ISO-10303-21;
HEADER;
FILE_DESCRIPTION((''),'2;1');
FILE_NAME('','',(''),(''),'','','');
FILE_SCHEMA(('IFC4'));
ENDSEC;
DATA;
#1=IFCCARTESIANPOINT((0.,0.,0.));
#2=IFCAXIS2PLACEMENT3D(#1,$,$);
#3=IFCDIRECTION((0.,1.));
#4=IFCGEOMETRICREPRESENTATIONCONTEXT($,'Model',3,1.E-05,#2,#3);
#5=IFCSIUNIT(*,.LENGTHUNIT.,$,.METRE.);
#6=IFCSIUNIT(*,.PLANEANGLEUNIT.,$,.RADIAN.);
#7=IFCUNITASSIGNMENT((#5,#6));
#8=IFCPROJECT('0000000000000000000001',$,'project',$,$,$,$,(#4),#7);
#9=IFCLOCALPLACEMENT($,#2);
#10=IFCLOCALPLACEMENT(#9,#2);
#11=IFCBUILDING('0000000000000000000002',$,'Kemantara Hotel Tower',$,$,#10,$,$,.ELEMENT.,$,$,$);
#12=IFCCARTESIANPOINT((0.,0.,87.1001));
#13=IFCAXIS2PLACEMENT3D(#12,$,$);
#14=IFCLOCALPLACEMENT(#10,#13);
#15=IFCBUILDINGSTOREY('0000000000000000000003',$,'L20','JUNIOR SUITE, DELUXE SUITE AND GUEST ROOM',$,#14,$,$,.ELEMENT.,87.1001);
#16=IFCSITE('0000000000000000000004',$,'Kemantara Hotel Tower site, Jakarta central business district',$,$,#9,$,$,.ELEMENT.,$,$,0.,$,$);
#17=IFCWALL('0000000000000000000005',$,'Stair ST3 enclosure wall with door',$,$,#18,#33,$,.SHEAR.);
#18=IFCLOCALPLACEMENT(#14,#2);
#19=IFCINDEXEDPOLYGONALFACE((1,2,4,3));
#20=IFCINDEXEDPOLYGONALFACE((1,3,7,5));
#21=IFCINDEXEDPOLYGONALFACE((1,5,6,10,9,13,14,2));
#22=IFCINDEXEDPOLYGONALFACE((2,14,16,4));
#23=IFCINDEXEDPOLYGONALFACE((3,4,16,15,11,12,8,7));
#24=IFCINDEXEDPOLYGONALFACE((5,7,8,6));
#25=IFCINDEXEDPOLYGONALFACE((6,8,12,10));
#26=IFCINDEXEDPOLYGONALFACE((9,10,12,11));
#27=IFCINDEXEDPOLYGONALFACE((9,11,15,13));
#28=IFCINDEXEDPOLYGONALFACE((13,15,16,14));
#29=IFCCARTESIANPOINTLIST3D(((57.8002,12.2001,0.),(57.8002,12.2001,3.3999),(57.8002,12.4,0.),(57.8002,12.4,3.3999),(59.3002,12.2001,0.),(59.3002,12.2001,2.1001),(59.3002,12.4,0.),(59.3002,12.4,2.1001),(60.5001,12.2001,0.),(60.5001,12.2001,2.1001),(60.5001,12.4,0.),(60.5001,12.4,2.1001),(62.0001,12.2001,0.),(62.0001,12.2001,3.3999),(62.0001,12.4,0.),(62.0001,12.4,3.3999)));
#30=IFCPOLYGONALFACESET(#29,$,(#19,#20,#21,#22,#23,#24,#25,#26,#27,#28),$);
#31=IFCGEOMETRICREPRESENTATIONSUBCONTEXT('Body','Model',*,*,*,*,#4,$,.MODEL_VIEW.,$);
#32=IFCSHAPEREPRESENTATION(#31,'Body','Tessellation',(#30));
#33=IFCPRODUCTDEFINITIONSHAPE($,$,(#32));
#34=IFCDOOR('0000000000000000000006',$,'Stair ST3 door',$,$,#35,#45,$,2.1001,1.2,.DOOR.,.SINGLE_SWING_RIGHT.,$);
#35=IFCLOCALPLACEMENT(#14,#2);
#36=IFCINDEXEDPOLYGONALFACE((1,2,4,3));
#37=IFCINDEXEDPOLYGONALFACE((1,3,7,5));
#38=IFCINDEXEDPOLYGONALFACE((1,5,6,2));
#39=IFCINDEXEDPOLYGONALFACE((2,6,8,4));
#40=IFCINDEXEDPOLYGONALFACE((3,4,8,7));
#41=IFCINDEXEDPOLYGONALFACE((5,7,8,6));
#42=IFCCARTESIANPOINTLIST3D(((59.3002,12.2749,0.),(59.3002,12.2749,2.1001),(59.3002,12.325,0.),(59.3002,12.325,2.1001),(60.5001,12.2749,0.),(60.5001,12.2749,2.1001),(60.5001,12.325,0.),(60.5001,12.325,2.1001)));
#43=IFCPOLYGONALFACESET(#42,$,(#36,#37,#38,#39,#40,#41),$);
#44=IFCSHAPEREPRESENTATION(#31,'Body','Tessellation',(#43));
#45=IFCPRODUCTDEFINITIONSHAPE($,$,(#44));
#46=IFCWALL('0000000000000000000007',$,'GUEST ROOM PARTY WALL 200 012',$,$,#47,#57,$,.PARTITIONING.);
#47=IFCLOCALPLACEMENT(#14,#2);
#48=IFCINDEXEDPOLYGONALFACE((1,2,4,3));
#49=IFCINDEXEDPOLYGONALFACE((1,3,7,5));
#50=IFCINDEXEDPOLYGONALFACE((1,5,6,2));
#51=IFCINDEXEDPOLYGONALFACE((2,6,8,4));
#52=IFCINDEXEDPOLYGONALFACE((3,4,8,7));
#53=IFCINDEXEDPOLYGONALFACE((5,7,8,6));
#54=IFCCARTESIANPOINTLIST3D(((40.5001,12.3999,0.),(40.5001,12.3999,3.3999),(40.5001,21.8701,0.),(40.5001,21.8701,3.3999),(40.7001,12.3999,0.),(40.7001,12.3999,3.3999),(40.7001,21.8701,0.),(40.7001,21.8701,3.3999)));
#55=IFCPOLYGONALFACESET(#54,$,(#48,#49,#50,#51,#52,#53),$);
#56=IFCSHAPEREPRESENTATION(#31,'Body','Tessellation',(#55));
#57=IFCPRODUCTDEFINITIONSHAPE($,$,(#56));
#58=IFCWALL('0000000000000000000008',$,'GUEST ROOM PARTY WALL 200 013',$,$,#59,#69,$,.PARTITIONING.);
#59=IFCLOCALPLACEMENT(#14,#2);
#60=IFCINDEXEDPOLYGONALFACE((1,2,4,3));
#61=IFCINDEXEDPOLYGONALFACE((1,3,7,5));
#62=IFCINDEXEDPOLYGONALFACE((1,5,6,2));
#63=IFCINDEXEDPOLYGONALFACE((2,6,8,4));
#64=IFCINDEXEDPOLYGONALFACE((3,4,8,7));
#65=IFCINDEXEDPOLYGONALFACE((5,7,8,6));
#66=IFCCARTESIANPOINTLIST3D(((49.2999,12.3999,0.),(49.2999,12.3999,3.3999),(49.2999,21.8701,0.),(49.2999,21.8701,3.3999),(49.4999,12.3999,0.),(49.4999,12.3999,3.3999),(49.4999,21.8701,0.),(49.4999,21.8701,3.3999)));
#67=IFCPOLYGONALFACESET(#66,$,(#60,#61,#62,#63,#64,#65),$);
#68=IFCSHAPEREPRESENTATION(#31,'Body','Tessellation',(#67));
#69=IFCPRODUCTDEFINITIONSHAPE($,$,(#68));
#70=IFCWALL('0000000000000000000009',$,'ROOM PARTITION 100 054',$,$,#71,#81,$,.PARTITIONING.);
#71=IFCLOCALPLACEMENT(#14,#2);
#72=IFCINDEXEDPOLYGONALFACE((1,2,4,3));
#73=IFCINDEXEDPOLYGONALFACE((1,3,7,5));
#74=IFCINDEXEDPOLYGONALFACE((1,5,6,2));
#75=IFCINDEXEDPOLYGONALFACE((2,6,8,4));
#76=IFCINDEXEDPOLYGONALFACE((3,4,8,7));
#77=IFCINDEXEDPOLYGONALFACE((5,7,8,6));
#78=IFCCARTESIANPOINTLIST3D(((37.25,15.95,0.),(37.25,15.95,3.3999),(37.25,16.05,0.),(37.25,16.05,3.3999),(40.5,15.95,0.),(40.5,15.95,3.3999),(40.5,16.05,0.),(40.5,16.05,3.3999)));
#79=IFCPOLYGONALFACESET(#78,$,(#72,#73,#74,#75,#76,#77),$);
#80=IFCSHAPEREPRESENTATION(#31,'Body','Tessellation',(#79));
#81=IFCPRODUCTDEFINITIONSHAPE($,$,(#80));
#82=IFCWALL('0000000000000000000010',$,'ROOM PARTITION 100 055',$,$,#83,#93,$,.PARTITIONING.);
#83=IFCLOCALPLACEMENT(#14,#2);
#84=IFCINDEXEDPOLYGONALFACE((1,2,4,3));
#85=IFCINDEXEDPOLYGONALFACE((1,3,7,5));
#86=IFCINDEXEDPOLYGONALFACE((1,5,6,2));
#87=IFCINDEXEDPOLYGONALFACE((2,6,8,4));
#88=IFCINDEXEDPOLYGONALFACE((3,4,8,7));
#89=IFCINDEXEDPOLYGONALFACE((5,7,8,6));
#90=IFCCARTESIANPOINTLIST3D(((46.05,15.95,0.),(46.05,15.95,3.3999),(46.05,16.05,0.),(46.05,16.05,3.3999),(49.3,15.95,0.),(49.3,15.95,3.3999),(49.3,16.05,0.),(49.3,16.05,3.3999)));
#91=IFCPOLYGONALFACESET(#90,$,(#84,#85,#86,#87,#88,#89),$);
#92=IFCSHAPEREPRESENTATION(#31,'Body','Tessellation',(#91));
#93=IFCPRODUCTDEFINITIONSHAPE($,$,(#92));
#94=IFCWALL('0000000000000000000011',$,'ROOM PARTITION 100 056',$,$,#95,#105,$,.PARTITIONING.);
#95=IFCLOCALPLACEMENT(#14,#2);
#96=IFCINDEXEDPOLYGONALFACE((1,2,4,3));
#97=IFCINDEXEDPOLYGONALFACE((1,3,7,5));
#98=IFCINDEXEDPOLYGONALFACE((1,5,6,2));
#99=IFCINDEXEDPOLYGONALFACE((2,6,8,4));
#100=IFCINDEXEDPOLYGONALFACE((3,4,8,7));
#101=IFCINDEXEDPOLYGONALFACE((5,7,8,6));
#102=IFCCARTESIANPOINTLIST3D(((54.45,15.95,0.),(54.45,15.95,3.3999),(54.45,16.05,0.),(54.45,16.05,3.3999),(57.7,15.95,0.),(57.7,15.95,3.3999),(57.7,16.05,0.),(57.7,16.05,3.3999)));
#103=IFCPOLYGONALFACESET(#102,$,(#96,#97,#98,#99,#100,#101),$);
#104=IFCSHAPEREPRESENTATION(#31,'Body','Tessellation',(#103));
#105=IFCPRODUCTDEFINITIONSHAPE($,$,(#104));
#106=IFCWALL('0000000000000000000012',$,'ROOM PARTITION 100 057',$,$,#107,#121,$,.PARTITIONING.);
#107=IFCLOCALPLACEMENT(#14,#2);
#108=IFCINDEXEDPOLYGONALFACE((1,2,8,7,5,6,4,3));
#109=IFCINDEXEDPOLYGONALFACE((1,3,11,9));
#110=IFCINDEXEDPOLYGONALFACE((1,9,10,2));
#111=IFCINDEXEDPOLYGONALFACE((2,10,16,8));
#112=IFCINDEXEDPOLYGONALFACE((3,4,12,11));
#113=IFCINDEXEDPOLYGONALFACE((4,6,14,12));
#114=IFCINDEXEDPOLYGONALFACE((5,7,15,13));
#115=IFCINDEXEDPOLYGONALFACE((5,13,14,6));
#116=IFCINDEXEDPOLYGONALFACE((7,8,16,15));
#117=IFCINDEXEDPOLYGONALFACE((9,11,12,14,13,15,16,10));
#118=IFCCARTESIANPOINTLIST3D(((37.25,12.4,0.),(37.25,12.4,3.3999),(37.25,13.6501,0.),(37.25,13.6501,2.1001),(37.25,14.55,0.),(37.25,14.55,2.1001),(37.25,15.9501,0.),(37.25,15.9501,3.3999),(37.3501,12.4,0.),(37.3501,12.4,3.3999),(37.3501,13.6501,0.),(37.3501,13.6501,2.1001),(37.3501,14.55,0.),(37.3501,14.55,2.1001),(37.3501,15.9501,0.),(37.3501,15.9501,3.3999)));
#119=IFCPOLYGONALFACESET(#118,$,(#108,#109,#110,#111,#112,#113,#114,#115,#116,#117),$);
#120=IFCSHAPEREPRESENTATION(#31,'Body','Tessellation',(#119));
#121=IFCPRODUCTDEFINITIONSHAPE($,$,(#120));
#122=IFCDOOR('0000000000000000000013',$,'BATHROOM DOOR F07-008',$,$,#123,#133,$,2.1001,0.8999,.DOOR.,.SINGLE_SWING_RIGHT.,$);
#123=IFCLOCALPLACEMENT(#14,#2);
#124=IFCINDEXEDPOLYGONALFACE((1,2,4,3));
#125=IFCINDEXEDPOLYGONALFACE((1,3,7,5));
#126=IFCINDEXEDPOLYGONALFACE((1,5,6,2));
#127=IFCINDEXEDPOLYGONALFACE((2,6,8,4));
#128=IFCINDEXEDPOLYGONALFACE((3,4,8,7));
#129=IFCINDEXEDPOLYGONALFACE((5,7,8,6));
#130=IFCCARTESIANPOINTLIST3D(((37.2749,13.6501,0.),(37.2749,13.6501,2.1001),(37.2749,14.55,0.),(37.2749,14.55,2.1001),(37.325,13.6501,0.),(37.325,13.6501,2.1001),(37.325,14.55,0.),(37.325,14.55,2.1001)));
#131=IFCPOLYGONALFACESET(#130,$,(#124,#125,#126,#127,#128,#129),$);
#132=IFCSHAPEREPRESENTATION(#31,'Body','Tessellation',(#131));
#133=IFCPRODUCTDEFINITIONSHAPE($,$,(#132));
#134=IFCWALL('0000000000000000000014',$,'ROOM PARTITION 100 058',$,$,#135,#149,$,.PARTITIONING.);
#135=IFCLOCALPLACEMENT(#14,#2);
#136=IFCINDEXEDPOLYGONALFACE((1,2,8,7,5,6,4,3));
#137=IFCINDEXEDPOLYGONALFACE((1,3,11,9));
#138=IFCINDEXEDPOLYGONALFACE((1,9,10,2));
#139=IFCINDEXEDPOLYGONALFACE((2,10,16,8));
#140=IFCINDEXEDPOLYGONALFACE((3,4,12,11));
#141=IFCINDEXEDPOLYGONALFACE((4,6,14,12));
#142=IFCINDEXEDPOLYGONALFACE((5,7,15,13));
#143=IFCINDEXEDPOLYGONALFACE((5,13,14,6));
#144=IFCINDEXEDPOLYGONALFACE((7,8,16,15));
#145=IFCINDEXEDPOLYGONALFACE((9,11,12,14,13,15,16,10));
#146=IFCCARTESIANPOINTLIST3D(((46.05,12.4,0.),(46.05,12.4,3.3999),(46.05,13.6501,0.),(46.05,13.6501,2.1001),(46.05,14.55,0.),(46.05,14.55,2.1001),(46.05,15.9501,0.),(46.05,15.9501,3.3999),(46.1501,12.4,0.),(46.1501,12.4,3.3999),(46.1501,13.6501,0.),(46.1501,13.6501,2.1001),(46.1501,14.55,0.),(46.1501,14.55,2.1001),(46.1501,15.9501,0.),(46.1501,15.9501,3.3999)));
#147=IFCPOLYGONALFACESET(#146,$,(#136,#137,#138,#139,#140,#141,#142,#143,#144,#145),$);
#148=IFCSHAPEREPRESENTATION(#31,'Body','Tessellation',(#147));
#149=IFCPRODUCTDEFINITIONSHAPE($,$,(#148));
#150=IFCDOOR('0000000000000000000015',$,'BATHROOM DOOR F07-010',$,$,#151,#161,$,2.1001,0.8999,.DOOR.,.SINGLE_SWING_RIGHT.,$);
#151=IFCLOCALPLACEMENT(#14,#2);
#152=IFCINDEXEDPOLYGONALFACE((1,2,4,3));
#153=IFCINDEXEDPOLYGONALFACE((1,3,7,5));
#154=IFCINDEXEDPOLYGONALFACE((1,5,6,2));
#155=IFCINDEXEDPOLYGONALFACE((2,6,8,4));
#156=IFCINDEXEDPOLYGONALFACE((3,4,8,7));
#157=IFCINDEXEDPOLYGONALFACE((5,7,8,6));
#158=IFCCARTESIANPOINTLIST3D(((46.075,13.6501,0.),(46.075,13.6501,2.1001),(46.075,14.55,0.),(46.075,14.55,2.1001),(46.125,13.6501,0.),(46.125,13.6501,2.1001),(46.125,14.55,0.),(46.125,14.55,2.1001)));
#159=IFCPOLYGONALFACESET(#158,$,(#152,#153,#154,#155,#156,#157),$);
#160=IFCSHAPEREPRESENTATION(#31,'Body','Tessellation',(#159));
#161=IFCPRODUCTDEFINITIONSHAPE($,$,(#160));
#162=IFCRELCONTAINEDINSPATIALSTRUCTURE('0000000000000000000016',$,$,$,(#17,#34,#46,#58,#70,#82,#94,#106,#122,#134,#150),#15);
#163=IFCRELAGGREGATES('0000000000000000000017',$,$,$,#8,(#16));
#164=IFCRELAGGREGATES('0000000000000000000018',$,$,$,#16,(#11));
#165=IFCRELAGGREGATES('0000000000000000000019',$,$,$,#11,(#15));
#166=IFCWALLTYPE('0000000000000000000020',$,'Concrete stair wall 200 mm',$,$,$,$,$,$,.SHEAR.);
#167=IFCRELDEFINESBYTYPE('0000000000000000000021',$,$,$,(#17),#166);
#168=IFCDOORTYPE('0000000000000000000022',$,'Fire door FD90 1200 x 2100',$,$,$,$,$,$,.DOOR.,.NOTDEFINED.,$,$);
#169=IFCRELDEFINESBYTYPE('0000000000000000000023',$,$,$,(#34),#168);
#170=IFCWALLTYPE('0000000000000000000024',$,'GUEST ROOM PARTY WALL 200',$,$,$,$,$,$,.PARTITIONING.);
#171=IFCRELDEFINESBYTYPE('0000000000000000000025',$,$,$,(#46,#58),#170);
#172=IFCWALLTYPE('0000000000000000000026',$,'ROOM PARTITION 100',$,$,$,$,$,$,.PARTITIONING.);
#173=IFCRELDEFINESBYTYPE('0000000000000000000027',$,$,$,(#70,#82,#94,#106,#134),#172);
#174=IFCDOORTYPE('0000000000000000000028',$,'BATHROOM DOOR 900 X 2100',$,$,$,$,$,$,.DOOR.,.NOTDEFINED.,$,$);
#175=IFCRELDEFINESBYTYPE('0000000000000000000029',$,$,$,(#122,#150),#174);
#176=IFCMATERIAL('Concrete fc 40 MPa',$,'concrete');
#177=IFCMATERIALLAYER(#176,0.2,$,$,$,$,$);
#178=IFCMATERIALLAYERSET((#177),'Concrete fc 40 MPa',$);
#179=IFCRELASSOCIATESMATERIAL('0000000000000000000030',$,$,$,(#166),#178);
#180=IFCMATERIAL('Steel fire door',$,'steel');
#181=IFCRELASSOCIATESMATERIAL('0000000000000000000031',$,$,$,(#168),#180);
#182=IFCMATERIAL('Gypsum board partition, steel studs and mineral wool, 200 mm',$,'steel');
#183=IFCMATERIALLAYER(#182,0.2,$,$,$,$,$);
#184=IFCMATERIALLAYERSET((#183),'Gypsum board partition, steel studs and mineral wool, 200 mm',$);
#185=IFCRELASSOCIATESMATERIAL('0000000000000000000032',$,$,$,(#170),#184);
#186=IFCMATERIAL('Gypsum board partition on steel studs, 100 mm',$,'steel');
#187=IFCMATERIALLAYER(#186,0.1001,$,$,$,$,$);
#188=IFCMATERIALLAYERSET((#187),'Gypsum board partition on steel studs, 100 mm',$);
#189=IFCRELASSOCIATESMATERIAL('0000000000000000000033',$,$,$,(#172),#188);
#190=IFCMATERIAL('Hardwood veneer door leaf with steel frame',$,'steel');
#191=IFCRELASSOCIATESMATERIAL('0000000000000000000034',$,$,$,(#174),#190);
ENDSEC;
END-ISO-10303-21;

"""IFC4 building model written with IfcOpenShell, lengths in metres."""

from ifc_helpers import new_model, si_unit, direction, frame, frame_2d, origin, place, context, subcontext, project, spatial, rectangle, extrude, material, layer, layer_set, type_object, element, fill, save


model = new_model("IFC4")

# Units and contexts
model_context = context("Model", 3, precision=1e-05, world=origin(), true_north=direction((0.0, 1.0)))
body_context = subcontext(model_context, "Body", "Model", "MODEL_VIEW")
ifc_project = project(units=[si_unit("LENGTHUNIT", "METRE"), si_unit("PLANEANGLEUNIT", "RADIAN")], contexts=[model_context])

# Site, building, storey
site_placement = place(None, origin())
site = spatial("IfcSite", under=ifc_project, at=site_placement, Name="Kemantara Hotel Tower site, Jakarta central business district", CompositionType="ELEMENT", RefElevation=0.0)
building_placement = place(site_placement, origin())
building = spatial("IfcBuilding", under=site, at=building_placement, Name="Kemantara Hotel Tower", CompositionType="ELEMENT")
storey_placement = place(building_placement, frame((0.0, 0.0, 87.1001)))
storey = spatial("IfcBuildingStorey", under=building, at=storey_placement, Name="L20", Description="JUNIOR SUITE, DELUXE SUITE AND GUEST ROOM", CompositionType="ELEMENT", Elevation=87.1001)

# Shared definitions
ifc_material_1 = material(Name="Gypsum board partition, steel studs and mineral wool, 200 mm", Category="steel")

# Wall, opening, door
ifc_material_2 = material(Name="Concrete fc 40 MPa", Category="concrete")
ifc_layer_1 = layer(ifc_material_2, 0.2)
ifc_layer_set_1 = layer_set([ifc_layer_1], Name="Concrete fc 40 MPa")
wall_type_1 = type_object("IfcWallType", Name="Concrete stair wall 200 mm", PredefinedType="SHEAR", material=ifc_layer_set_1)
wall_1_placement = place(storey_placement, frame((57.8, 12.3, 0.0), z_axis=(0.0, 0.0, 1.0), x_axis=(1.0, 0.0, 0.0)))
wall_1 = element("IfcWall", 1, at=wall_1_placement, inside=storey, type_object=wall_type_1, Name="Stair ST3 enclosure wall with door", PredefinedType="SHEAR", context=body_context, shape_type="SweptSolid", body=[
    extrude(rectangle(XDim=4.2, YDim=0.2, at=frame_2d((2.1001, 0.0))), origin(), (0.0, 0.0, 1.0), 3.3999),
])
opening_1_placement = place(wall_1_placement, frame((1.5, 0.0, 0.0)))
opening_1 = element("IfcOpeningElement", 2, at=opening_1_placement, cuts=wall_1, PredefinedType="OPENING", context=body_context, shape_type="SweptSolid", body=[
    extrude(rectangle(XDim=1.2, YDim=2.1001, at=frame_2d((0.6001, 1.05))), frame((0.0, 0.1099, 0.0), z_axis=(0.0, -1.0, 0.0), x_axis=(1.0, 0.0, 0.0)), (0.0, 0.0, 1.0), 0.22),
])
ifc_material_3 = material(Name="Steel fire door", Category="steel")
door_type_1 = type_object("IfcDoorType", Name="Fire door FD90 1200 x 2100", OperationType="NOTDEFINED", PredefinedType="DOOR", material=ifc_material_3)
door_1_placement = place(opening_1_placement, origin())
door_1 = element("IfcDoor", 3, at=door_1_placement, inside=storey, type_object=door_type_1, Name="Stair ST3 door", OperationType="SINGLE_SWING_RIGHT", OverallHeight=2.1001, OverallWidth=1.2, PredefinedType="DOOR", context=body_context, shape_type="SweptSolid", body=[
    extrude(rectangle(XDim=1.2, YDim=2.1001, at=frame_2d((0.6001, 1.05))), frame((0.0, 0.0249, 0.0), z_axis=(0.0, -1.0, 0.0), x_axis=(1.0, 0.0, 0.0)), (0.0, 0.0, 1.0), 0.05),
])
fill(opening_1, door_1)

# Walls
ifc_layer_2 = layer(ifc_material_1, 0.2)
ifc_layer_set_2 = layer_set([ifc_layer_2], Name="Gypsum board partition, steel studs and mineral wool, 200 mm")
wall_type_2 = type_object("IfcWallType", Name="GUEST ROOM PARTY WALL 200", PredefinedType="PARTITIONING", material=ifc_layer_set_2)
for number, where, z_axis, x_axis, name in (
    (4, (40.6001, 12.3999, 0.0), (0.0, 0.0, 1.0), (0.0, 1.0, 0.0), "GUEST ROOM PARTY WALL 200 012"),
    (5, (49.3999, 12.3999, 0.0), (0.0, 0.0, 1.0), (0.0, 1.0, 0.0), "GUEST ROOM PARTY WALL 200 013"),
):
    element("IfcWall", number, at=place(storey_placement, frame(where, z_axis=z_axis, x_axis=x_axis)), inside=storey, type_object=wall_type_2, Name=name, PredefinedType="PARTITIONING", context=body_context, shape_type="SweptSolid", body=[
        extrude(rectangle(XDim=9.4702, YDim=0.2, at=frame_2d((4.7351, 0.0))), origin(), (0.0, 0.0, 1.0), 3.3999),
    ])
ifc_material_4 = material(Name="Gypsum board partition on steel studs, 100 mm", Category="steel")
ifc_layer_3 = layer(ifc_material_4, 0.1001)
ifc_layer_set_3 = layer_set([ifc_layer_3], Name="Gypsum board partition on steel studs, 100 mm")
wall_type_3 = type_object("IfcWallType", Name="ROOM PARTITION 100", PredefinedType="PARTITIONING", material=ifc_layer_set_3)
for number, where, z_axis, x_axis, name in (
    (6, (37.25, 16.0, 0.0), (0.0, 0.0, 1.0), (1.0, 0.0, 0.0), "ROOM PARTITION 100 054"),
    (7, (46.05, 16.0, 0.0), (0.0, 0.0, 1.0), (1.0, 0.0, 0.0), "ROOM PARTITION 100 055"),
    (8, (54.45, 16.0, 0.0), (0.0, 0.0, 1.0), (1.0, 0.0, 0.0), "ROOM PARTITION 100 056"),
):
    element("IfcWall", number, at=place(storey_placement, frame(where, z_axis=z_axis, x_axis=x_axis)), inside=storey, type_object=wall_type_3, Name=name, PredefinedType="PARTITIONING", context=body_context, shape_type="SweptSolid", body=[
        extrude(rectangle(XDim=3.25, YDim=0.1001, at=frame_2d((1.625, 0.0))), origin(), (0.0, 0.0, 1.0), 3.3999),
    ])

# Walls, openings, doors
wall_2_placement = place(storey_placement, frame((37.3, 15.95, 0.0), z_axis=(0.0, 0.0, 1.0), x_axis=(0.0, -1.0, 0.0)))
wall_2 = element("IfcWall", 9, at=wall_2_placement, inside=storey, type_object=wall_type_3, Name="ROOM PARTITION 100 057", PredefinedType="PARTITIONING", context=body_context, shape_type="SweptSolid", body=[
    extrude(rectangle(XDim=3.55, YDim=0.1001, at=frame_2d((1.7749, 0.0))), origin(), (0.0, 0.0, 1.0), 3.3999),
])
opening_2_placement = place(wall_2_placement, frame((1.3999, 0.0, 0.0)))
opening_2 = element("IfcOpeningElement", 10, at=opening_2_placement, cuts=wall_2, PredefinedType="OPENING", context=body_context, shape_type="SweptSolid", body=[
    extrude(rectangle(XDim=0.8999, YDim=2.1001, at=frame_2d((0.45, 1.05))), frame((0.0, 0.0601, 0.0), z_axis=(0.0, -1.0, 0.0), x_axis=(1.0, 0.0, 0.0)), (0.0, 0.0, 1.0), 0.1201),
])
ifc_material_5 = material(Name="Hardwood veneer door leaf with steel frame", Category="steel")
door_type_2 = type_object("IfcDoorType", Name="BATHROOM DOOR 900 X 2100", OperationType="NOTDEFINED", PredefinedType="DOOR", material=ifc_material_5)
door_2_placement = place(opening_2_placement, origin())
door_2 = element("IfcDoor", 11, at=door_2_placement, inside=storey, type_object=door_type_2, Name="BATHROOM DOOR F07-008", OperationType="SINGLE_SWING_RIGHT", OverallHeight=2.1001, OverallWidth=0.8999, PredefinedType="DOOR", context=body_context, shape_type="SweptSolid", body=[
    extrude(rectangle(XDim=0.8999, YDim=2.1001, at=frame_2d((0.45, 1.05))), frame((0.0, 0.0249, 0.0), z_axis=(0.0, -1.0, 0.0), x_axis=(1.0, 0.0, 0.0)), (0.0, 0.0, 1.0), 0.05),
])
fill(opening_2, door_2)
wall_3_placement = place(storey_placement, frame((46.1001, 15.95, 0.0), z_axis=(0.0, 0.0, 1.0), x_axis=(0.0, -1.0, 0.0)))
wall_3 = element("IfcWall", 12, at=wall_3_placement, inside=storey, type_object=wall_type_3, Name="ROOM PARTITION 100 058", PredefinedType="PARTITIONING", context=body_context, shape_type="SweptSolid", body=[
    extrude(rectangle(XDim=3.55, YDim=0.1001, at=frame_2d((1.7749, 0.0))), origin(), (0.0, 0.0, 1.0), 3.3999),
])
opening_3_placement = place(wall_3_placement, frame((1.3999, 0.0, 0.0)))
opening_3 = element("IfcOpeningElement", 13, at=opening_3_placement, cuts=wall_3, PredefinedType="OPENING", context=body_context, shape_type="SweptSolid", body=[
    extrude(rectangle(XDim=0.8999, YDim=2.1001, at=frame_2d((0.45, 1.05))), frame((0.0, 0.0601, 0.0), z_axis=(0.0, -1.0, 0.0), x_axis=(1.0, 0.0, 0.0)), (0.0, 0.0, 1.0), 0.1201),
])
door_3_placement = place(opening_3_placement, origin())
door_3 = element("IfcDoor", 14, at=door_3_placement, inside=storey, type_object=door_type_2, Name="BATHROOM DOOR F07-010", OperationType="SINGLE_SWING_RIGHT", OverallHeight=2.1001, OverallWidth=0.8999, PredefinedType="DOOR", context=body_context, shape_type="SweptSolid", body=[
    extrude(rectangle(XDim=0.8999, YDim=2.1001, at=frame_2d((0.45, 1.05))), frame((0.0, 0.0249, 0.0), z_axis=(0.0, -1.0, 0.0), x_axis=(1.0, 0.0, 0.0)), (0.0, 0.0, 1.0), 0.05),
])
fill(opening_3, door_3)

save(model, "model.ifc")
